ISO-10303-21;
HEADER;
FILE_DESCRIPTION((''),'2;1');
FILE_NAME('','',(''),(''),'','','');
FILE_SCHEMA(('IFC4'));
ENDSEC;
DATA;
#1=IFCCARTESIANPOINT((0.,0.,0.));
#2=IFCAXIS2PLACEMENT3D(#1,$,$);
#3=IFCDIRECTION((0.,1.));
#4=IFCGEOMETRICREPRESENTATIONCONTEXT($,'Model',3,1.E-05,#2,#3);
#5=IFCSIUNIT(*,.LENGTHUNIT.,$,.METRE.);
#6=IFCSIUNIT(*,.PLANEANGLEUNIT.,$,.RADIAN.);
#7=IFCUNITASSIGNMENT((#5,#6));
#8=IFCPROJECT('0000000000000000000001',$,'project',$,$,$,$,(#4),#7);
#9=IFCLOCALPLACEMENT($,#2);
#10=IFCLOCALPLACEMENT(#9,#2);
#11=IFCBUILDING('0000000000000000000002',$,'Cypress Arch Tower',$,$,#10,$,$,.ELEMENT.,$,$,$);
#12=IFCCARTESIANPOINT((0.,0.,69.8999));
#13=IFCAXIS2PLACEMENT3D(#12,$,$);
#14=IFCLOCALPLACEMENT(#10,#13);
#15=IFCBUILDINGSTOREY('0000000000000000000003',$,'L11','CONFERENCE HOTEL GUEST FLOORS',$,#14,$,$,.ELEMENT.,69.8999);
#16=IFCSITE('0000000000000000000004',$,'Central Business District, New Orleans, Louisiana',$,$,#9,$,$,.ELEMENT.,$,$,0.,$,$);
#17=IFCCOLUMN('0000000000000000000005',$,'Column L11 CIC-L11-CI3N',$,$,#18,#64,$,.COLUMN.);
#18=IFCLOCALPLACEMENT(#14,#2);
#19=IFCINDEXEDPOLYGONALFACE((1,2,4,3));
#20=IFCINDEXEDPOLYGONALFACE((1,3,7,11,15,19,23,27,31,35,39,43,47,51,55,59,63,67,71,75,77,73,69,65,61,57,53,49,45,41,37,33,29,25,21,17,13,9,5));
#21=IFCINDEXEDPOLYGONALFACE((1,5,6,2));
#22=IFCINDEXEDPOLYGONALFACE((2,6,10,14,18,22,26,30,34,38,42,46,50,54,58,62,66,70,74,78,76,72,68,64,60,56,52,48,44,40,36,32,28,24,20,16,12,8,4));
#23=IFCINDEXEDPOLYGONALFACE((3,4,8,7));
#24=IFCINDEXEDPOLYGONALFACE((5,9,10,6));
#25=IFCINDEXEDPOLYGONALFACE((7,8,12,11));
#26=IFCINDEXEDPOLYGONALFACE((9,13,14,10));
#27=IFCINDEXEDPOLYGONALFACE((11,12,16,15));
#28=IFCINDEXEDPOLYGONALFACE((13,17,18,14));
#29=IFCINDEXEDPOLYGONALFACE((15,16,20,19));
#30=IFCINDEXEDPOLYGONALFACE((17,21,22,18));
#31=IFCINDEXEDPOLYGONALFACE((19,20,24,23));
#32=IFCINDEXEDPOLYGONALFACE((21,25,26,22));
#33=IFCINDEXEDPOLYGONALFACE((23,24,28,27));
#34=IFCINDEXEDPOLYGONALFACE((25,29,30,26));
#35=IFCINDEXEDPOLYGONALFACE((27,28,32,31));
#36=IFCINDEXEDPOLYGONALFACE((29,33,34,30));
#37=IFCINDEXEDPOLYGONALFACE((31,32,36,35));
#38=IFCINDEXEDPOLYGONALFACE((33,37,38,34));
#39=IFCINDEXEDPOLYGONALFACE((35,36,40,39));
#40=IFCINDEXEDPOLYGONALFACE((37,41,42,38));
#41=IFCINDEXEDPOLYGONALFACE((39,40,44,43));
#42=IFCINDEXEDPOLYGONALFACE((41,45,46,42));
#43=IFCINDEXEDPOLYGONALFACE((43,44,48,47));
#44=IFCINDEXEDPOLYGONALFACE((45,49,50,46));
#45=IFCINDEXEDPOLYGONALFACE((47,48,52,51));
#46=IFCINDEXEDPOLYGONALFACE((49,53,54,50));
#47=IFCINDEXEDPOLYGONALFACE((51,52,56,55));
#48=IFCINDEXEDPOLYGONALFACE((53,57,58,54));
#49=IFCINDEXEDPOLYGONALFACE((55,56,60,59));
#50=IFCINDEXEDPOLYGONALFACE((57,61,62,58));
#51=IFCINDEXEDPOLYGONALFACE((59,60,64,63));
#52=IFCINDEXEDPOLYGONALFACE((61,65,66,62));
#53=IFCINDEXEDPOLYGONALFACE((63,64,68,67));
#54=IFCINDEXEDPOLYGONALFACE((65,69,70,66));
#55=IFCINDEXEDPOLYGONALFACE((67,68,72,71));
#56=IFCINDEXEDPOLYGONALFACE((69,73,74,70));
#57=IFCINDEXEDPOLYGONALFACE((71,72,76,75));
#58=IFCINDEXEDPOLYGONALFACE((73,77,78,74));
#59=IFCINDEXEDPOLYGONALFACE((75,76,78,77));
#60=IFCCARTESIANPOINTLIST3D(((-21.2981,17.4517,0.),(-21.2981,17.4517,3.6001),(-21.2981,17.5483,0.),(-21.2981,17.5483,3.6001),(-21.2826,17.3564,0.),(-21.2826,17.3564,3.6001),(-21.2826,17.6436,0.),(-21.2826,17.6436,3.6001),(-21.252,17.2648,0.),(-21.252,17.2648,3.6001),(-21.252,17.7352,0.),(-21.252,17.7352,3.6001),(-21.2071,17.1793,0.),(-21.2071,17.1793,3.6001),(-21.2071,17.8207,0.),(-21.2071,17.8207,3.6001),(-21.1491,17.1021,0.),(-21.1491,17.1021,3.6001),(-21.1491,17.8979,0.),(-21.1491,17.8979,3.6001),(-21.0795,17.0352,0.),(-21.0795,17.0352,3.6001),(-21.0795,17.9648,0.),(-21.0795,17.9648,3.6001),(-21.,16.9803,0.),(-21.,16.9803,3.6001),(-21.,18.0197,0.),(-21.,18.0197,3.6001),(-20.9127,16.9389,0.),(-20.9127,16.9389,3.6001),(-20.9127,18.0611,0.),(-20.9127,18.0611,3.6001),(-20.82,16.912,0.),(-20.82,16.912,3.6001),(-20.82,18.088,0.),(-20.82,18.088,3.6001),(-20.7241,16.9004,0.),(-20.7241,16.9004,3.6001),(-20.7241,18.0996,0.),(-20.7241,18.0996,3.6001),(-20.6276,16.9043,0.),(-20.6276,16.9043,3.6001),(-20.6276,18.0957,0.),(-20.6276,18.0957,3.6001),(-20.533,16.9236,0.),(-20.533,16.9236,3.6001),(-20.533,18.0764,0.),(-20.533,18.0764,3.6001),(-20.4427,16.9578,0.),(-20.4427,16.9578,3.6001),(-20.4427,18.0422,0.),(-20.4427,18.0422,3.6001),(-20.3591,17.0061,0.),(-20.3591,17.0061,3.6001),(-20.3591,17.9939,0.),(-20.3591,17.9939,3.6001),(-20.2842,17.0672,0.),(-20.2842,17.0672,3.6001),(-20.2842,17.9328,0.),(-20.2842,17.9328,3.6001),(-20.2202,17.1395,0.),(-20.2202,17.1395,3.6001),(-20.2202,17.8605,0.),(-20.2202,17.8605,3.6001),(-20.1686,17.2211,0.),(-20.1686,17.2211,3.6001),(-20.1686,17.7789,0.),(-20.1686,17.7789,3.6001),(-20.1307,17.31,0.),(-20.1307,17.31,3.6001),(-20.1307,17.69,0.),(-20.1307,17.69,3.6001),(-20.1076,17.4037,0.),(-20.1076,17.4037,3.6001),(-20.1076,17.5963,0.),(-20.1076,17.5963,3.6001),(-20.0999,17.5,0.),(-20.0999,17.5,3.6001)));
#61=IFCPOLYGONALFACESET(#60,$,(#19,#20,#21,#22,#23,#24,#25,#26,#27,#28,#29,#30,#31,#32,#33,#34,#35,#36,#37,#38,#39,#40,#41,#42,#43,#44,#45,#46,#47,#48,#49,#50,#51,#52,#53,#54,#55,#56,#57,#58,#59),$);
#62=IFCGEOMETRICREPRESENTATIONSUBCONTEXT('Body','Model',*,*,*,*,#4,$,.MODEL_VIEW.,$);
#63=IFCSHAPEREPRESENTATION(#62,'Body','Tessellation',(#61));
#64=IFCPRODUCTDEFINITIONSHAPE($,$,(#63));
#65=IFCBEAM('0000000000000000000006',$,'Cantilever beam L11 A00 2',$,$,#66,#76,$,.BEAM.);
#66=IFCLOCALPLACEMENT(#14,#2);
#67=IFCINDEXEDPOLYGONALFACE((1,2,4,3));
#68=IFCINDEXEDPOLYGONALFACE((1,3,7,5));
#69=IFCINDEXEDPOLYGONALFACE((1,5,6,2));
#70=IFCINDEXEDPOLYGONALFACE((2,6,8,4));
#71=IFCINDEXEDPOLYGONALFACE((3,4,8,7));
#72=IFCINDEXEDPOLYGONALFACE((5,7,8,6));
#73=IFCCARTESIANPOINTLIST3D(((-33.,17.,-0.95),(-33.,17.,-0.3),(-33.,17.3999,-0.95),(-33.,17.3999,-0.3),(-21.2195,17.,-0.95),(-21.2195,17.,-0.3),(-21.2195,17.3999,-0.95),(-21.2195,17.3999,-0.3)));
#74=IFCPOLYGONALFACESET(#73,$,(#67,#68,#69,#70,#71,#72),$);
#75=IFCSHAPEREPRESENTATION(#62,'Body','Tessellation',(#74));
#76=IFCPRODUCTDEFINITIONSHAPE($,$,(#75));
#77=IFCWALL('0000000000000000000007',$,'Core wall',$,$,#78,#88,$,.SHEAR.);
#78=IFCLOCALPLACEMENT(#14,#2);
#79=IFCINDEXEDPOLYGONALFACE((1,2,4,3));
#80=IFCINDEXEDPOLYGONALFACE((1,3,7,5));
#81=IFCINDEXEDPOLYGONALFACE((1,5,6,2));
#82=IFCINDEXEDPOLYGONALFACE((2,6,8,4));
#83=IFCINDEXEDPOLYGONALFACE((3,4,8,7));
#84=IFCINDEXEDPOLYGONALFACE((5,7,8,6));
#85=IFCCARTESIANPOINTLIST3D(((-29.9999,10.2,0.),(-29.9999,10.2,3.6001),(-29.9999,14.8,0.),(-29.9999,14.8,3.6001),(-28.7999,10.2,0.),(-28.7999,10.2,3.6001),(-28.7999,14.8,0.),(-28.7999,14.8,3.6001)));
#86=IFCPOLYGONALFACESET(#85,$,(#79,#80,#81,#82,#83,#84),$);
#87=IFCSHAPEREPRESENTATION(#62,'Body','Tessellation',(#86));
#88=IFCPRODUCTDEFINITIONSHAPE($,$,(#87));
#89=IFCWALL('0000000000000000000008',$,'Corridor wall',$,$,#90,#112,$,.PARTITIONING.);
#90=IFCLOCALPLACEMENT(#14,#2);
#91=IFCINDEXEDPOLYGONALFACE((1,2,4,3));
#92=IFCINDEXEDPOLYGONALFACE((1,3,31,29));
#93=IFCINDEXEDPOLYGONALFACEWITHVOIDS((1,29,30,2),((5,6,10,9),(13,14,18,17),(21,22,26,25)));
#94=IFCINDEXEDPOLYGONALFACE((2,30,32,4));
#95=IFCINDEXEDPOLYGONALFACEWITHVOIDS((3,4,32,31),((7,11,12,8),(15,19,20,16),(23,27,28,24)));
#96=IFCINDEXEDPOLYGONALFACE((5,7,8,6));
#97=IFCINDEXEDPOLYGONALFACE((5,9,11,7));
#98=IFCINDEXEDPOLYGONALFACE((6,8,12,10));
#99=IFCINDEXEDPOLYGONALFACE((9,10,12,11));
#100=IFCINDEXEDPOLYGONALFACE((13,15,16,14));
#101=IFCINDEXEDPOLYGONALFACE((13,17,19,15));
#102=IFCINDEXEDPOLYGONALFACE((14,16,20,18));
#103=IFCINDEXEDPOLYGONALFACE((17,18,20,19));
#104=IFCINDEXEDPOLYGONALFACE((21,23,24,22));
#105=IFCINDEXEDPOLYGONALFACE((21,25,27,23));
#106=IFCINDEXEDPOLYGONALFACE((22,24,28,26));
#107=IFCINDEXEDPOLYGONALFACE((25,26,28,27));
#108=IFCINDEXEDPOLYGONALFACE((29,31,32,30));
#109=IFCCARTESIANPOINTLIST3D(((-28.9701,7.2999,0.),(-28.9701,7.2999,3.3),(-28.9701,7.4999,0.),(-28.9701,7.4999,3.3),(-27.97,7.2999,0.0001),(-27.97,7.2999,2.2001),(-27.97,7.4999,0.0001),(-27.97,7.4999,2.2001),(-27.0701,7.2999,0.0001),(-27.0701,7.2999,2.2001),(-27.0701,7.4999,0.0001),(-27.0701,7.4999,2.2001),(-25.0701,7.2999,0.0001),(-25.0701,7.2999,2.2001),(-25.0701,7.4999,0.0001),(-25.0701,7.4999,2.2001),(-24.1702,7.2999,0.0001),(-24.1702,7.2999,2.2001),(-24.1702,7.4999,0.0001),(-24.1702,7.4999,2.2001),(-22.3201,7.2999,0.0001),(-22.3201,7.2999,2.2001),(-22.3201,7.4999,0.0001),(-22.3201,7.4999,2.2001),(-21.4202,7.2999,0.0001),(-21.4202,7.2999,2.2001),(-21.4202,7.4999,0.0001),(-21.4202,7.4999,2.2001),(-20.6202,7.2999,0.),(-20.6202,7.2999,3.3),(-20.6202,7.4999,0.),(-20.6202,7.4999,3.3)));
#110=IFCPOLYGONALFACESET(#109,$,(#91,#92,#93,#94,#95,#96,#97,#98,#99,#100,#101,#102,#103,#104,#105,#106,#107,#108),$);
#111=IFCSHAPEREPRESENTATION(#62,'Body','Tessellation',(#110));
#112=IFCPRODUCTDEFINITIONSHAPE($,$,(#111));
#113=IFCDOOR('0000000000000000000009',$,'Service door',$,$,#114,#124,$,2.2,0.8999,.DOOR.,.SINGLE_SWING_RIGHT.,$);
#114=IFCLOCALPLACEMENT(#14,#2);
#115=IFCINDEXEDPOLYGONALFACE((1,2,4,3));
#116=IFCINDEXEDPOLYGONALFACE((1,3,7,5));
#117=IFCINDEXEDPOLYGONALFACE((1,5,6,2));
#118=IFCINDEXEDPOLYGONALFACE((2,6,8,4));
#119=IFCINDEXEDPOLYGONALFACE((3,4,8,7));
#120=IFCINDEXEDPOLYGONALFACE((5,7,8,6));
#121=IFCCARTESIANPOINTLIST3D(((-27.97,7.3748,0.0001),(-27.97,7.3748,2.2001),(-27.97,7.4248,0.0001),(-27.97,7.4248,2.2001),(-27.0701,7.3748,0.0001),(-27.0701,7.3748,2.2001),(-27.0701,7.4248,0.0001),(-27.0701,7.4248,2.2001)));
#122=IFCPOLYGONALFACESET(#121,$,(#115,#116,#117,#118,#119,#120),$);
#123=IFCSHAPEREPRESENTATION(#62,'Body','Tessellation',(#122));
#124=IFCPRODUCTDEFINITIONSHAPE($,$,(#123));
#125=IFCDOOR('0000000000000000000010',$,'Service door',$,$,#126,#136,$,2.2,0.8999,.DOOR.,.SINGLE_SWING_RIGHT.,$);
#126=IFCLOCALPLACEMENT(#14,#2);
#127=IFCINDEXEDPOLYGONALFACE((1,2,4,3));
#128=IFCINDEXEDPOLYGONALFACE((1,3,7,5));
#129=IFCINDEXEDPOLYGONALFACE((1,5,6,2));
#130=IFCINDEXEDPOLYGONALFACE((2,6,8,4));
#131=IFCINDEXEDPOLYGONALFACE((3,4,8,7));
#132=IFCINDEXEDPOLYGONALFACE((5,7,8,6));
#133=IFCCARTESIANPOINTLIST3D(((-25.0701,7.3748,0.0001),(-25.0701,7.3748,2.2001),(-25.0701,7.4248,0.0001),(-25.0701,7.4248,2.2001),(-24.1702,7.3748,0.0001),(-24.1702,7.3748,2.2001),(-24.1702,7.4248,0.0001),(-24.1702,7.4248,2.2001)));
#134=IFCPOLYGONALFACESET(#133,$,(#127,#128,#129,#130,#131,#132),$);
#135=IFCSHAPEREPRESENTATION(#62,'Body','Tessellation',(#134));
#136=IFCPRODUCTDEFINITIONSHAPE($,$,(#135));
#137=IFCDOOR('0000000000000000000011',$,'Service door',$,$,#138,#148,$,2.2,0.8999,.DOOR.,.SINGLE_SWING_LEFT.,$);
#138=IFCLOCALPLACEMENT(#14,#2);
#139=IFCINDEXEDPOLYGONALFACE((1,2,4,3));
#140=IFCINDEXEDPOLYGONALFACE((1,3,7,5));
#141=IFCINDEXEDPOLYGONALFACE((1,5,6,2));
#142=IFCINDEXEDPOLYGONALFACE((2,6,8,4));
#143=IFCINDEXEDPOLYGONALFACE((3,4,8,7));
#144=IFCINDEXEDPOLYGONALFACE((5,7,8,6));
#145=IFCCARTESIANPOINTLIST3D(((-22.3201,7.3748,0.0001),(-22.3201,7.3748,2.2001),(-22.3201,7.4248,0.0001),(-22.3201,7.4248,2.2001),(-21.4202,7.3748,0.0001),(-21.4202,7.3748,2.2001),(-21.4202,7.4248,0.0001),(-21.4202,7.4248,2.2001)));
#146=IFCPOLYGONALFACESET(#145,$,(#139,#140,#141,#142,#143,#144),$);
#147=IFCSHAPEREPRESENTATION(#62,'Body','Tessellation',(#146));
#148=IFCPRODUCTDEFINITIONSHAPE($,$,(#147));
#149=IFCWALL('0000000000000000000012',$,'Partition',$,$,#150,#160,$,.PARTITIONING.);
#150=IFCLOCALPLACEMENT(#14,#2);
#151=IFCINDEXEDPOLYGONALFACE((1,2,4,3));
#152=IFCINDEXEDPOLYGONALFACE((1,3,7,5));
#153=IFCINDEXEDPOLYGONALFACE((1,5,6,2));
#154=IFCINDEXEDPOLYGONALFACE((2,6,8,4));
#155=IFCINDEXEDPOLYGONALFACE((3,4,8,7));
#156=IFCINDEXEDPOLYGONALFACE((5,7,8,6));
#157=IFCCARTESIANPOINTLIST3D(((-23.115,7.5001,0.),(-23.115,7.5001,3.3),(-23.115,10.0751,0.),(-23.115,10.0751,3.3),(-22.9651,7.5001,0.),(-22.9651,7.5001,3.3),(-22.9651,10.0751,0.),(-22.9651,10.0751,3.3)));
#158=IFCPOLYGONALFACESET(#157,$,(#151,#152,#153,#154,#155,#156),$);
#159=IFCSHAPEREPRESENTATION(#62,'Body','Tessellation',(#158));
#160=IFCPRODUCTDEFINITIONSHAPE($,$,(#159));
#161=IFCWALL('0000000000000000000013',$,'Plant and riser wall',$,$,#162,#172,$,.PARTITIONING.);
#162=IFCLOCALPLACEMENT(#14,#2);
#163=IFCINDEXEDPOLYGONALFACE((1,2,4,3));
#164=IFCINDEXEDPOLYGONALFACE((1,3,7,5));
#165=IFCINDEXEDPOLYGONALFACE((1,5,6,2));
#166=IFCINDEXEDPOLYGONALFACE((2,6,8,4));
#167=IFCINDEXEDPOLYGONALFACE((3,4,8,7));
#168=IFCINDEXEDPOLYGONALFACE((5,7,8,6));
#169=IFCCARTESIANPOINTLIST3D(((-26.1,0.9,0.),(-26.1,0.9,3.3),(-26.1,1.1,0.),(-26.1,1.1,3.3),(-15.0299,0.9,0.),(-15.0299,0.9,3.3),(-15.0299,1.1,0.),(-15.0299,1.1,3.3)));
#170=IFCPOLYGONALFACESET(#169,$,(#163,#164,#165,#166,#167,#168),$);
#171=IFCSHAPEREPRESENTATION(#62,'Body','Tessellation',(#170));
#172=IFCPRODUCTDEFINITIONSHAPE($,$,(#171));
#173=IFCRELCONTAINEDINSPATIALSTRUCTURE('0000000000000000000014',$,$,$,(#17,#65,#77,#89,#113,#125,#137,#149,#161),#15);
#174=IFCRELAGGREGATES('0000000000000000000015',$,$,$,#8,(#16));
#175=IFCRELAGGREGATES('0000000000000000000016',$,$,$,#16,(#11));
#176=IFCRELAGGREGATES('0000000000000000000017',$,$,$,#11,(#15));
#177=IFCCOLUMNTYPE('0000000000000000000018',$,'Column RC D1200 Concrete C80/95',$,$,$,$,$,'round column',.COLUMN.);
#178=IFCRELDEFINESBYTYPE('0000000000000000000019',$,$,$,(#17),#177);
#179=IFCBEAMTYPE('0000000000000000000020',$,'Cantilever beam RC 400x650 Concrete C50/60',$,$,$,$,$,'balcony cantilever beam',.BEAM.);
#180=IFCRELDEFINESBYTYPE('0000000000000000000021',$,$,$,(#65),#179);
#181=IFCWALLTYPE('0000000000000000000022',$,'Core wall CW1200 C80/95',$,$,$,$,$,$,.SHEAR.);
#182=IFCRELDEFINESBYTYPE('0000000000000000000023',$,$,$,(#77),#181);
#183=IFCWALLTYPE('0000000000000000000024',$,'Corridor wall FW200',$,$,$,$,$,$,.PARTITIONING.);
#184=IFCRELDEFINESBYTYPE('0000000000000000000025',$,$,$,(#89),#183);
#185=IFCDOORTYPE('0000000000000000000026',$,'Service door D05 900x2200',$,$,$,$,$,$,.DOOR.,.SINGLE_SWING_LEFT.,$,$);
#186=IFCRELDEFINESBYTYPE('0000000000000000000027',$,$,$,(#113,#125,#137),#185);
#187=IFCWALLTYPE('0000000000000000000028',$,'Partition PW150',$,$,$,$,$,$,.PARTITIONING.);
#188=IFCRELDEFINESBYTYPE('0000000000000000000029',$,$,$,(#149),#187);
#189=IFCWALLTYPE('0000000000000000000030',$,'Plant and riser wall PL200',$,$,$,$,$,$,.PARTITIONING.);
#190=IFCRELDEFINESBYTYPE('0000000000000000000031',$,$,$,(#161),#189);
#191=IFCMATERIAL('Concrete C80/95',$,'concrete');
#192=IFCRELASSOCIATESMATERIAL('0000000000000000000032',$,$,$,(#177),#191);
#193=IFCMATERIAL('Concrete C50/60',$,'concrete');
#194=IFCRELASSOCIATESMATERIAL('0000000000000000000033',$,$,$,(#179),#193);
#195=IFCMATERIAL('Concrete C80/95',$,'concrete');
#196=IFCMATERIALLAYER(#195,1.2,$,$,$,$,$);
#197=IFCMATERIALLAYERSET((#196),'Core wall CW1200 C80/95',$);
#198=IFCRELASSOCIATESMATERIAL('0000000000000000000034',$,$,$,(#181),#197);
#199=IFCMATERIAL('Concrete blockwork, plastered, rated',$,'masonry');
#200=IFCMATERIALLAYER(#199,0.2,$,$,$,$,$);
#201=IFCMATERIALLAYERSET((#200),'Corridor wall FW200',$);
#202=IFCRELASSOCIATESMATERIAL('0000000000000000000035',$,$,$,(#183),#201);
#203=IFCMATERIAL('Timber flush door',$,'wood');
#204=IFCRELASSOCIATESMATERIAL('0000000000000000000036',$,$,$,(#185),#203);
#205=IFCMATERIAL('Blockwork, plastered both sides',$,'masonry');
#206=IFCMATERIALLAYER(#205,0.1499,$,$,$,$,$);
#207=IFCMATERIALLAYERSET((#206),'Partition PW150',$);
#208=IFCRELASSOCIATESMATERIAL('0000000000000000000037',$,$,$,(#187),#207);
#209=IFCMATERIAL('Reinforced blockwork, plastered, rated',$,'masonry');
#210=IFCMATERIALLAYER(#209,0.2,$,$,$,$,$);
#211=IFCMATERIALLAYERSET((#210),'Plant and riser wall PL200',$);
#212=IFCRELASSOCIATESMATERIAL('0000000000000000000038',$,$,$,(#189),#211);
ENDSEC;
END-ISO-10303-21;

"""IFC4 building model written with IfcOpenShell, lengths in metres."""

from ifc_helpers import new_model, si_unit, direction, frame, frame_2d, origin, origin_2d, place, context, subcontext, project, spatial, rectangle, circle, extrude, material, layer, layer_set, material_profile, profile_set, type_object, element, fill, save


model = new_model("IFC4")

# Units and contexts
model_context = context("Model", 3, precision=1e-05, world=origin(), true_north=direction((0.0, 1.0)))
body_context = subcontext(model_context, "Body", "Model", "MODEL_VIEW")
ifc_project = project(units=[si_unit("LENGTHUNIT", "METRE"), si_unit("PLANEANGLEUNIT", "RADIAN")], contexts=[model_context])

# Site, building, storey
site_placement = place(None, origin())
site = spatial("IfcSite", under=ifc_project, at=site_placement, Name="Central Business District, New Orleans, Louisiana", CompositionType="ELEMENT", RefElevation=0.0)
building_placement = place(site_placement, origin())
building = spatial("IfcBuilding", under=site, at=building_placement, Name="Cypress Arch Tower", CompositionType="ELEMENT")
storey_placement = place(building_placement, frame((0.0, 0.0, 69.8999)))
storey = spatial("IfcBuildingStorey", under=building, at=storey_placement, Name="L11", Description="CONFERENCE HOTEL GUEST FLOORS", CompositionType="ELEMENT", Elevation=69.8999)

# Column
ifc_material_1 = material(Name="Concrete C80/95", Category="concrete")
ifc_material_profile_1 = material_profile(ifc_material_1, circle(Radius=0.6001, at=origin_2d()), Name="RC D1200")
ifc_profile_set_1 = profile_set([ifc_material_profile_1], Name="Concrete C80/95")
column_type = type_object("IfcColumnType", Name="Column RC D1200 Concrete C80/95", ElementType="round column", PredefinedType="COLUMN", material=ifc_profile_set_1)
column_placement = place(storey_placement, frame((-20.7, 17.5, 0.0), z_axis=(0.0, 0.0, 1.0), x_axis=(1.0, 0.0, 0.0)))
element("IfcColumn", 1, at=column_placement, inside=storey, type_object=column_type, Name="Column L11 CIC-L11-CI3N", PredefinedType="COLUMN", context=body_context, shape_type="SweptSolid", body=[
    extrude(circle(Radius=0.6001, at=origin_2d()), origin(), (0.0, 0.0, 1.0), 3.6001),
])

# Beam
ifc_material_2 = material(Name="Concrete C50/60", Category="concrete")
ifc_material_profile_2 = material_profile(ifc_material_2, rectangle(XDim=0.3999, YDim=0.6499, at=origin_2d()), Name="RC 400x650")
ifc_profile_set_2 = profile_set([ifc_material_profile_2], Name="Concrete C50/60")
beam_type = type_object("IfcBeamType", Name="Cantilever beam RC 400x650 Concrete C50/60", ElementType="balcony cantilever beam", PredefinedType="BEAM", material=ifc_profile_set_2)
beam_placement = place(storey_placement, frame((-21.2195, 17.2, -0.625), z_axis=(-1.0, 0.0, 0.0), x_axis=(0.0, -1.0, 0.0)))
element("IfcBeam", 2, at=beam_placement, inside=storey, type_object=beam_type, Name="Cantilever beam L11 A00 2", PredefinedType="BEAM", context=body_context, shape_type="SweptSolid", body=[
    extrude(rectangle(XDim=0.3999, YDim=0.6499, at=origin_2d()), origin(), (0.0, 0.0, 1.0), 11.7805),
])

# Shared definitions
ifc_material_3 = material(Name="Concrete C80/95", Category="concrete")
ifc_layer_1 = layer(ifc_material_3, 1.2)
ifc_layer_set_1 = layer_set([ifc_layer_1], Name="Core wall CW1200 C80/95")
wall_type_1 = type_object("IfcWallType", Name="Core wall CW1200 C80/95", PredefinedType="SHEAR", material=ifc_layer_set_1)

# Wall
wall_1_placement = place(storey_placement, frame((-29.3999, 10.2, 0.0), z_axis=(0.0, 0.0, 1.0), x_axis=(0.0, 1.0, 0.0)))
element("IfcWall", 3, at=wall_1_placement, inside=storey, type_object=wall_type_1, Name="Core wall", PredefinedType="SHEAR", context=body_context, shape_type="SweptSolid", body=[
    extrude(rectangle(XDim=4.6001, YDim=1.2, at=frame_2d((2.3, 0.0))), origin(), (0.0, 0.0, 1.0), 3.6001),
])

# Wall, openings, doors
ifc_material_4 = material(Name="Concrete blockwork, plastered, rated", Category="masonry")
ifc_layer_2 = layer(ifc_material_4, 0.2)
ifc_layer_set_2 = layer_set([ifc_layer_2], Name="Corridor wall FW200")
wall_type_2 = type_object("IfcWallType", Name="Corridor wall FW200", PredefinedType="PARTITIONING", material=ifc_layer_set_2)
wall_2_placement = place(storey_placement, frame((-28.97, 7.3999, 0.0), z_axis=(0.0, 0.0, 1.0), x_axis=(1.0, 0.0, 0.0)))
wall_2 = element("IfcWall", 4, at=wall_2_placement, inside=storey, type_object=wall_type_2, Name="Corridor wall", PredefinedType="PARTITIONING", context=body_context, shape_type="SweptSolid", body=[
    extrude(rectangle(XDim=8.3499, YDim=0.2, at=frame_2d((4.1748, 0.0))), origin(), (0.0, 0.0, 1.0), 3.3),
])
opening_1_placement = place(wall_2_placement, frame((1.0, 0.0, 0.0)))
opening_1 = element("IfcOpeningElement", 5, at=opening_1_placement, cuts=wall_2, PredefinedType="OPENING", context=body_context, shape_type="SweptSolid", body=[
    extrude(rectangle(XDim=0.8999, YDim=2.2, at=frame_2d((0.45, 1.1001))), frame((0.0, 0.1099, 0.0), z_axis=(0.0, -1.0, 0.0), x_axis=(1.0, 0.0, 0.0)), (0.0, 0.0, 1.0), 0.22),
])
opening_2_placement = place(wall_2_placement, frame((3.8999, 0.0, 0.0)))
opening_2 = element("IfcOpeningElement", 6, at=opening_2_placement, cuts=wall_2, PredefinedType="OPENING", context=body_context, shape_type="SweptSolid", body=[
    extrude(rectangle(XDim=0.8999, YDim=2.2, at=frame_2d((0.45, 1.1001))), frame((0.0, 0.1099, 0.0), z_axis=(0.0, -1.0, 0.0), x_axis=(1.0, 0.0, 0.0)), (0.0, 0.0, 1.0), 0.22),
])
opening_3_placement = place(wall_2_placement, frame((6.6499, 0.0, 0.0)))
opening_3 = element("IfcOpeningElement", 7, at=opening_3_placement, cuts=wall_2, PredefinedType="OPENING", context=body_context, shape_type="SweptSolid", body=[
    extrude(rectangle(XDim=0.8999, YDim=2.2, at=frame_2d((0.45, 1.1001))), frame((0.0, 0.1099, 0.0), z_axis=(0.0, -1.0, 0.0), x_axis=(1.0, 0.0, 0.0)), (0.0, 0.0, 1.0), 0.22),
])
ifc_material_5 = material(Name="Timber flush door", Category="wood")
door_type_1 = type_object("IfcDoorType", Name="Service door D05 900x2200", OperationType="SINGLE_SWING_LEFT", PredefinedType="DOOR", material=ifc_material_5)
door_1_placement = place(opening_1_placement, origin())
door_1 = element("IfcDoor", 8, at=door_1_placement, inside=storey, type_object=door_type_1, Name="Service door", OperationType="SINGLE_SWING_RIGHT", OverallHeight=2.2, OverallWidth=0.8999, PredefinedType="DOOR", context=body_context, shape_type="SweptSolid", body=[
    extrude(rectangle(XDim=0.8999, YDim=2.2, at=frame_2d((0.45, 1.1001))), frame((0.0, 0.0249, 0.0), z_axis=(0.0, -1.0, 0.0), x_axis=(1.0, 0.0, 0.0)), (0.0, 0.0, 1.0), 0.05),
])
fill(opening_1, door_1)
door_2_placement = place(opening_2_placement, origin())
door_2 = element("IfcDoor", 9, at=door_2_placement, inside=storey, type_object=door_type_1, Name="Service door", OperationType="SINGLE_SWING_RIGHT", OverallHeight=2.2, OverallWidth=0.8999, PredefinedType="DOOR", context=body_context, shape_type="SweptSolid", body=[
    extrude(rectangle(XDim=0.8999, YDim=2.2, at=frame_2d((0.45, 1.1001))), frame((0.0, 0.0249, 0.0), z_axis=(0.0, -1.0, 0.0), x_axis=(1.0, 0.0, 0.0)), (0.0, 0.0, 1.0), 0.05),
])
fill(opening_2, door_2)
door_3_placement = place(opening_3_placement, origin())
door_3 = element("IfcDoor", 10, at=door_3_placement, inside=storey, type_object=door_type_1, Name="Service door", OperationType="SINGLE_SWING_LEFT", OverallHeight=2.2, OverallWidth=0.8999, PredefinedType="DOOR", context=body_context, shape_type="SweptSolid", body=[
    extrude(rectangle(XDim=0.8999, YDim=2.2, at=frame_2d((0.45, 1.1001))), frame((0.0, 0.0249, 0.0), z_axis=(0.0, -1.0, 0.0), x_axis=(1.0, 0.0, 0.0)), (0.0, 0.0, 1.0), 0.05),
])
fill(opening_3, door_3)

# Walls
ifc_material_6 = material(Name="Blockwork, plastered both sides", Category="masonry")
ifc_layer_3 = layer(ifc_material_6, 0.1499)
ifc_layer_set_3 = layer_set([ifc_layer_3], Name="Partition PW150")
wall_type_3 = type_object("IfcWallType", Name="Partition PW150", PredefinedType="PARTITIONING", material=ifc_layer_set_3)
wall_3_placement = place(storey_placement, frame((-23.04, 7.5, 0.0), z_axis=(0.0, 0.0, 1.0), x_axis=(0.0, 1.0, 0.0)))
element("IfcWall", 11, at=wall_3_placement, inside=storey, type_object=wall_type_3, Name="Partition", PredefinedType="PARTITIONING", context=body_context, shape_type="SweptSolid", body=[
    extrude(rectangle(XDim=2.575, YDim=0.1499, at=frame_2d((1.2876, 0.0))), origin(), (0.0, 0.0, 1.0), 3.3),
])
ifc_material_7 = material(Name="Reinforced blockwork, plastered, rated", Category="masonry")
ifc_layer_4 = layer(ifc_material_7, 0.2)
ifc_layer_set_4 = layer_set([ifc_layer_4], Name="Plant and riser wall PL200")
wall_type_4 = type_object("IfcWallType", Name="Plant and riser wall PL200", PredefinedType="PARTITIONING", material=ifc_layer_set_4)
wall_4_placement = place(storey_placement, frame((-26.1001, 1.0, 0.0), z_axis=(0.0, 0.0, 1.0), x_axis=(1.0, 0.0, 0.0)))
element("IfcWall", 12, at=wall_4_placement, inside=storey, type_object=wall_type_4, Name="Plant and riser wall", PredefinedType="PARTITIONING", context=body_context, shape_type="SweptSolid", body=[
    extrude(rectangle(XDim=11.0701, YDim=0.2, at=frame_2d((5.5352, 0.0))), origin(), (0.0, 0.0, 1.0), 3.3),
])

save(model, "model.ifc")
